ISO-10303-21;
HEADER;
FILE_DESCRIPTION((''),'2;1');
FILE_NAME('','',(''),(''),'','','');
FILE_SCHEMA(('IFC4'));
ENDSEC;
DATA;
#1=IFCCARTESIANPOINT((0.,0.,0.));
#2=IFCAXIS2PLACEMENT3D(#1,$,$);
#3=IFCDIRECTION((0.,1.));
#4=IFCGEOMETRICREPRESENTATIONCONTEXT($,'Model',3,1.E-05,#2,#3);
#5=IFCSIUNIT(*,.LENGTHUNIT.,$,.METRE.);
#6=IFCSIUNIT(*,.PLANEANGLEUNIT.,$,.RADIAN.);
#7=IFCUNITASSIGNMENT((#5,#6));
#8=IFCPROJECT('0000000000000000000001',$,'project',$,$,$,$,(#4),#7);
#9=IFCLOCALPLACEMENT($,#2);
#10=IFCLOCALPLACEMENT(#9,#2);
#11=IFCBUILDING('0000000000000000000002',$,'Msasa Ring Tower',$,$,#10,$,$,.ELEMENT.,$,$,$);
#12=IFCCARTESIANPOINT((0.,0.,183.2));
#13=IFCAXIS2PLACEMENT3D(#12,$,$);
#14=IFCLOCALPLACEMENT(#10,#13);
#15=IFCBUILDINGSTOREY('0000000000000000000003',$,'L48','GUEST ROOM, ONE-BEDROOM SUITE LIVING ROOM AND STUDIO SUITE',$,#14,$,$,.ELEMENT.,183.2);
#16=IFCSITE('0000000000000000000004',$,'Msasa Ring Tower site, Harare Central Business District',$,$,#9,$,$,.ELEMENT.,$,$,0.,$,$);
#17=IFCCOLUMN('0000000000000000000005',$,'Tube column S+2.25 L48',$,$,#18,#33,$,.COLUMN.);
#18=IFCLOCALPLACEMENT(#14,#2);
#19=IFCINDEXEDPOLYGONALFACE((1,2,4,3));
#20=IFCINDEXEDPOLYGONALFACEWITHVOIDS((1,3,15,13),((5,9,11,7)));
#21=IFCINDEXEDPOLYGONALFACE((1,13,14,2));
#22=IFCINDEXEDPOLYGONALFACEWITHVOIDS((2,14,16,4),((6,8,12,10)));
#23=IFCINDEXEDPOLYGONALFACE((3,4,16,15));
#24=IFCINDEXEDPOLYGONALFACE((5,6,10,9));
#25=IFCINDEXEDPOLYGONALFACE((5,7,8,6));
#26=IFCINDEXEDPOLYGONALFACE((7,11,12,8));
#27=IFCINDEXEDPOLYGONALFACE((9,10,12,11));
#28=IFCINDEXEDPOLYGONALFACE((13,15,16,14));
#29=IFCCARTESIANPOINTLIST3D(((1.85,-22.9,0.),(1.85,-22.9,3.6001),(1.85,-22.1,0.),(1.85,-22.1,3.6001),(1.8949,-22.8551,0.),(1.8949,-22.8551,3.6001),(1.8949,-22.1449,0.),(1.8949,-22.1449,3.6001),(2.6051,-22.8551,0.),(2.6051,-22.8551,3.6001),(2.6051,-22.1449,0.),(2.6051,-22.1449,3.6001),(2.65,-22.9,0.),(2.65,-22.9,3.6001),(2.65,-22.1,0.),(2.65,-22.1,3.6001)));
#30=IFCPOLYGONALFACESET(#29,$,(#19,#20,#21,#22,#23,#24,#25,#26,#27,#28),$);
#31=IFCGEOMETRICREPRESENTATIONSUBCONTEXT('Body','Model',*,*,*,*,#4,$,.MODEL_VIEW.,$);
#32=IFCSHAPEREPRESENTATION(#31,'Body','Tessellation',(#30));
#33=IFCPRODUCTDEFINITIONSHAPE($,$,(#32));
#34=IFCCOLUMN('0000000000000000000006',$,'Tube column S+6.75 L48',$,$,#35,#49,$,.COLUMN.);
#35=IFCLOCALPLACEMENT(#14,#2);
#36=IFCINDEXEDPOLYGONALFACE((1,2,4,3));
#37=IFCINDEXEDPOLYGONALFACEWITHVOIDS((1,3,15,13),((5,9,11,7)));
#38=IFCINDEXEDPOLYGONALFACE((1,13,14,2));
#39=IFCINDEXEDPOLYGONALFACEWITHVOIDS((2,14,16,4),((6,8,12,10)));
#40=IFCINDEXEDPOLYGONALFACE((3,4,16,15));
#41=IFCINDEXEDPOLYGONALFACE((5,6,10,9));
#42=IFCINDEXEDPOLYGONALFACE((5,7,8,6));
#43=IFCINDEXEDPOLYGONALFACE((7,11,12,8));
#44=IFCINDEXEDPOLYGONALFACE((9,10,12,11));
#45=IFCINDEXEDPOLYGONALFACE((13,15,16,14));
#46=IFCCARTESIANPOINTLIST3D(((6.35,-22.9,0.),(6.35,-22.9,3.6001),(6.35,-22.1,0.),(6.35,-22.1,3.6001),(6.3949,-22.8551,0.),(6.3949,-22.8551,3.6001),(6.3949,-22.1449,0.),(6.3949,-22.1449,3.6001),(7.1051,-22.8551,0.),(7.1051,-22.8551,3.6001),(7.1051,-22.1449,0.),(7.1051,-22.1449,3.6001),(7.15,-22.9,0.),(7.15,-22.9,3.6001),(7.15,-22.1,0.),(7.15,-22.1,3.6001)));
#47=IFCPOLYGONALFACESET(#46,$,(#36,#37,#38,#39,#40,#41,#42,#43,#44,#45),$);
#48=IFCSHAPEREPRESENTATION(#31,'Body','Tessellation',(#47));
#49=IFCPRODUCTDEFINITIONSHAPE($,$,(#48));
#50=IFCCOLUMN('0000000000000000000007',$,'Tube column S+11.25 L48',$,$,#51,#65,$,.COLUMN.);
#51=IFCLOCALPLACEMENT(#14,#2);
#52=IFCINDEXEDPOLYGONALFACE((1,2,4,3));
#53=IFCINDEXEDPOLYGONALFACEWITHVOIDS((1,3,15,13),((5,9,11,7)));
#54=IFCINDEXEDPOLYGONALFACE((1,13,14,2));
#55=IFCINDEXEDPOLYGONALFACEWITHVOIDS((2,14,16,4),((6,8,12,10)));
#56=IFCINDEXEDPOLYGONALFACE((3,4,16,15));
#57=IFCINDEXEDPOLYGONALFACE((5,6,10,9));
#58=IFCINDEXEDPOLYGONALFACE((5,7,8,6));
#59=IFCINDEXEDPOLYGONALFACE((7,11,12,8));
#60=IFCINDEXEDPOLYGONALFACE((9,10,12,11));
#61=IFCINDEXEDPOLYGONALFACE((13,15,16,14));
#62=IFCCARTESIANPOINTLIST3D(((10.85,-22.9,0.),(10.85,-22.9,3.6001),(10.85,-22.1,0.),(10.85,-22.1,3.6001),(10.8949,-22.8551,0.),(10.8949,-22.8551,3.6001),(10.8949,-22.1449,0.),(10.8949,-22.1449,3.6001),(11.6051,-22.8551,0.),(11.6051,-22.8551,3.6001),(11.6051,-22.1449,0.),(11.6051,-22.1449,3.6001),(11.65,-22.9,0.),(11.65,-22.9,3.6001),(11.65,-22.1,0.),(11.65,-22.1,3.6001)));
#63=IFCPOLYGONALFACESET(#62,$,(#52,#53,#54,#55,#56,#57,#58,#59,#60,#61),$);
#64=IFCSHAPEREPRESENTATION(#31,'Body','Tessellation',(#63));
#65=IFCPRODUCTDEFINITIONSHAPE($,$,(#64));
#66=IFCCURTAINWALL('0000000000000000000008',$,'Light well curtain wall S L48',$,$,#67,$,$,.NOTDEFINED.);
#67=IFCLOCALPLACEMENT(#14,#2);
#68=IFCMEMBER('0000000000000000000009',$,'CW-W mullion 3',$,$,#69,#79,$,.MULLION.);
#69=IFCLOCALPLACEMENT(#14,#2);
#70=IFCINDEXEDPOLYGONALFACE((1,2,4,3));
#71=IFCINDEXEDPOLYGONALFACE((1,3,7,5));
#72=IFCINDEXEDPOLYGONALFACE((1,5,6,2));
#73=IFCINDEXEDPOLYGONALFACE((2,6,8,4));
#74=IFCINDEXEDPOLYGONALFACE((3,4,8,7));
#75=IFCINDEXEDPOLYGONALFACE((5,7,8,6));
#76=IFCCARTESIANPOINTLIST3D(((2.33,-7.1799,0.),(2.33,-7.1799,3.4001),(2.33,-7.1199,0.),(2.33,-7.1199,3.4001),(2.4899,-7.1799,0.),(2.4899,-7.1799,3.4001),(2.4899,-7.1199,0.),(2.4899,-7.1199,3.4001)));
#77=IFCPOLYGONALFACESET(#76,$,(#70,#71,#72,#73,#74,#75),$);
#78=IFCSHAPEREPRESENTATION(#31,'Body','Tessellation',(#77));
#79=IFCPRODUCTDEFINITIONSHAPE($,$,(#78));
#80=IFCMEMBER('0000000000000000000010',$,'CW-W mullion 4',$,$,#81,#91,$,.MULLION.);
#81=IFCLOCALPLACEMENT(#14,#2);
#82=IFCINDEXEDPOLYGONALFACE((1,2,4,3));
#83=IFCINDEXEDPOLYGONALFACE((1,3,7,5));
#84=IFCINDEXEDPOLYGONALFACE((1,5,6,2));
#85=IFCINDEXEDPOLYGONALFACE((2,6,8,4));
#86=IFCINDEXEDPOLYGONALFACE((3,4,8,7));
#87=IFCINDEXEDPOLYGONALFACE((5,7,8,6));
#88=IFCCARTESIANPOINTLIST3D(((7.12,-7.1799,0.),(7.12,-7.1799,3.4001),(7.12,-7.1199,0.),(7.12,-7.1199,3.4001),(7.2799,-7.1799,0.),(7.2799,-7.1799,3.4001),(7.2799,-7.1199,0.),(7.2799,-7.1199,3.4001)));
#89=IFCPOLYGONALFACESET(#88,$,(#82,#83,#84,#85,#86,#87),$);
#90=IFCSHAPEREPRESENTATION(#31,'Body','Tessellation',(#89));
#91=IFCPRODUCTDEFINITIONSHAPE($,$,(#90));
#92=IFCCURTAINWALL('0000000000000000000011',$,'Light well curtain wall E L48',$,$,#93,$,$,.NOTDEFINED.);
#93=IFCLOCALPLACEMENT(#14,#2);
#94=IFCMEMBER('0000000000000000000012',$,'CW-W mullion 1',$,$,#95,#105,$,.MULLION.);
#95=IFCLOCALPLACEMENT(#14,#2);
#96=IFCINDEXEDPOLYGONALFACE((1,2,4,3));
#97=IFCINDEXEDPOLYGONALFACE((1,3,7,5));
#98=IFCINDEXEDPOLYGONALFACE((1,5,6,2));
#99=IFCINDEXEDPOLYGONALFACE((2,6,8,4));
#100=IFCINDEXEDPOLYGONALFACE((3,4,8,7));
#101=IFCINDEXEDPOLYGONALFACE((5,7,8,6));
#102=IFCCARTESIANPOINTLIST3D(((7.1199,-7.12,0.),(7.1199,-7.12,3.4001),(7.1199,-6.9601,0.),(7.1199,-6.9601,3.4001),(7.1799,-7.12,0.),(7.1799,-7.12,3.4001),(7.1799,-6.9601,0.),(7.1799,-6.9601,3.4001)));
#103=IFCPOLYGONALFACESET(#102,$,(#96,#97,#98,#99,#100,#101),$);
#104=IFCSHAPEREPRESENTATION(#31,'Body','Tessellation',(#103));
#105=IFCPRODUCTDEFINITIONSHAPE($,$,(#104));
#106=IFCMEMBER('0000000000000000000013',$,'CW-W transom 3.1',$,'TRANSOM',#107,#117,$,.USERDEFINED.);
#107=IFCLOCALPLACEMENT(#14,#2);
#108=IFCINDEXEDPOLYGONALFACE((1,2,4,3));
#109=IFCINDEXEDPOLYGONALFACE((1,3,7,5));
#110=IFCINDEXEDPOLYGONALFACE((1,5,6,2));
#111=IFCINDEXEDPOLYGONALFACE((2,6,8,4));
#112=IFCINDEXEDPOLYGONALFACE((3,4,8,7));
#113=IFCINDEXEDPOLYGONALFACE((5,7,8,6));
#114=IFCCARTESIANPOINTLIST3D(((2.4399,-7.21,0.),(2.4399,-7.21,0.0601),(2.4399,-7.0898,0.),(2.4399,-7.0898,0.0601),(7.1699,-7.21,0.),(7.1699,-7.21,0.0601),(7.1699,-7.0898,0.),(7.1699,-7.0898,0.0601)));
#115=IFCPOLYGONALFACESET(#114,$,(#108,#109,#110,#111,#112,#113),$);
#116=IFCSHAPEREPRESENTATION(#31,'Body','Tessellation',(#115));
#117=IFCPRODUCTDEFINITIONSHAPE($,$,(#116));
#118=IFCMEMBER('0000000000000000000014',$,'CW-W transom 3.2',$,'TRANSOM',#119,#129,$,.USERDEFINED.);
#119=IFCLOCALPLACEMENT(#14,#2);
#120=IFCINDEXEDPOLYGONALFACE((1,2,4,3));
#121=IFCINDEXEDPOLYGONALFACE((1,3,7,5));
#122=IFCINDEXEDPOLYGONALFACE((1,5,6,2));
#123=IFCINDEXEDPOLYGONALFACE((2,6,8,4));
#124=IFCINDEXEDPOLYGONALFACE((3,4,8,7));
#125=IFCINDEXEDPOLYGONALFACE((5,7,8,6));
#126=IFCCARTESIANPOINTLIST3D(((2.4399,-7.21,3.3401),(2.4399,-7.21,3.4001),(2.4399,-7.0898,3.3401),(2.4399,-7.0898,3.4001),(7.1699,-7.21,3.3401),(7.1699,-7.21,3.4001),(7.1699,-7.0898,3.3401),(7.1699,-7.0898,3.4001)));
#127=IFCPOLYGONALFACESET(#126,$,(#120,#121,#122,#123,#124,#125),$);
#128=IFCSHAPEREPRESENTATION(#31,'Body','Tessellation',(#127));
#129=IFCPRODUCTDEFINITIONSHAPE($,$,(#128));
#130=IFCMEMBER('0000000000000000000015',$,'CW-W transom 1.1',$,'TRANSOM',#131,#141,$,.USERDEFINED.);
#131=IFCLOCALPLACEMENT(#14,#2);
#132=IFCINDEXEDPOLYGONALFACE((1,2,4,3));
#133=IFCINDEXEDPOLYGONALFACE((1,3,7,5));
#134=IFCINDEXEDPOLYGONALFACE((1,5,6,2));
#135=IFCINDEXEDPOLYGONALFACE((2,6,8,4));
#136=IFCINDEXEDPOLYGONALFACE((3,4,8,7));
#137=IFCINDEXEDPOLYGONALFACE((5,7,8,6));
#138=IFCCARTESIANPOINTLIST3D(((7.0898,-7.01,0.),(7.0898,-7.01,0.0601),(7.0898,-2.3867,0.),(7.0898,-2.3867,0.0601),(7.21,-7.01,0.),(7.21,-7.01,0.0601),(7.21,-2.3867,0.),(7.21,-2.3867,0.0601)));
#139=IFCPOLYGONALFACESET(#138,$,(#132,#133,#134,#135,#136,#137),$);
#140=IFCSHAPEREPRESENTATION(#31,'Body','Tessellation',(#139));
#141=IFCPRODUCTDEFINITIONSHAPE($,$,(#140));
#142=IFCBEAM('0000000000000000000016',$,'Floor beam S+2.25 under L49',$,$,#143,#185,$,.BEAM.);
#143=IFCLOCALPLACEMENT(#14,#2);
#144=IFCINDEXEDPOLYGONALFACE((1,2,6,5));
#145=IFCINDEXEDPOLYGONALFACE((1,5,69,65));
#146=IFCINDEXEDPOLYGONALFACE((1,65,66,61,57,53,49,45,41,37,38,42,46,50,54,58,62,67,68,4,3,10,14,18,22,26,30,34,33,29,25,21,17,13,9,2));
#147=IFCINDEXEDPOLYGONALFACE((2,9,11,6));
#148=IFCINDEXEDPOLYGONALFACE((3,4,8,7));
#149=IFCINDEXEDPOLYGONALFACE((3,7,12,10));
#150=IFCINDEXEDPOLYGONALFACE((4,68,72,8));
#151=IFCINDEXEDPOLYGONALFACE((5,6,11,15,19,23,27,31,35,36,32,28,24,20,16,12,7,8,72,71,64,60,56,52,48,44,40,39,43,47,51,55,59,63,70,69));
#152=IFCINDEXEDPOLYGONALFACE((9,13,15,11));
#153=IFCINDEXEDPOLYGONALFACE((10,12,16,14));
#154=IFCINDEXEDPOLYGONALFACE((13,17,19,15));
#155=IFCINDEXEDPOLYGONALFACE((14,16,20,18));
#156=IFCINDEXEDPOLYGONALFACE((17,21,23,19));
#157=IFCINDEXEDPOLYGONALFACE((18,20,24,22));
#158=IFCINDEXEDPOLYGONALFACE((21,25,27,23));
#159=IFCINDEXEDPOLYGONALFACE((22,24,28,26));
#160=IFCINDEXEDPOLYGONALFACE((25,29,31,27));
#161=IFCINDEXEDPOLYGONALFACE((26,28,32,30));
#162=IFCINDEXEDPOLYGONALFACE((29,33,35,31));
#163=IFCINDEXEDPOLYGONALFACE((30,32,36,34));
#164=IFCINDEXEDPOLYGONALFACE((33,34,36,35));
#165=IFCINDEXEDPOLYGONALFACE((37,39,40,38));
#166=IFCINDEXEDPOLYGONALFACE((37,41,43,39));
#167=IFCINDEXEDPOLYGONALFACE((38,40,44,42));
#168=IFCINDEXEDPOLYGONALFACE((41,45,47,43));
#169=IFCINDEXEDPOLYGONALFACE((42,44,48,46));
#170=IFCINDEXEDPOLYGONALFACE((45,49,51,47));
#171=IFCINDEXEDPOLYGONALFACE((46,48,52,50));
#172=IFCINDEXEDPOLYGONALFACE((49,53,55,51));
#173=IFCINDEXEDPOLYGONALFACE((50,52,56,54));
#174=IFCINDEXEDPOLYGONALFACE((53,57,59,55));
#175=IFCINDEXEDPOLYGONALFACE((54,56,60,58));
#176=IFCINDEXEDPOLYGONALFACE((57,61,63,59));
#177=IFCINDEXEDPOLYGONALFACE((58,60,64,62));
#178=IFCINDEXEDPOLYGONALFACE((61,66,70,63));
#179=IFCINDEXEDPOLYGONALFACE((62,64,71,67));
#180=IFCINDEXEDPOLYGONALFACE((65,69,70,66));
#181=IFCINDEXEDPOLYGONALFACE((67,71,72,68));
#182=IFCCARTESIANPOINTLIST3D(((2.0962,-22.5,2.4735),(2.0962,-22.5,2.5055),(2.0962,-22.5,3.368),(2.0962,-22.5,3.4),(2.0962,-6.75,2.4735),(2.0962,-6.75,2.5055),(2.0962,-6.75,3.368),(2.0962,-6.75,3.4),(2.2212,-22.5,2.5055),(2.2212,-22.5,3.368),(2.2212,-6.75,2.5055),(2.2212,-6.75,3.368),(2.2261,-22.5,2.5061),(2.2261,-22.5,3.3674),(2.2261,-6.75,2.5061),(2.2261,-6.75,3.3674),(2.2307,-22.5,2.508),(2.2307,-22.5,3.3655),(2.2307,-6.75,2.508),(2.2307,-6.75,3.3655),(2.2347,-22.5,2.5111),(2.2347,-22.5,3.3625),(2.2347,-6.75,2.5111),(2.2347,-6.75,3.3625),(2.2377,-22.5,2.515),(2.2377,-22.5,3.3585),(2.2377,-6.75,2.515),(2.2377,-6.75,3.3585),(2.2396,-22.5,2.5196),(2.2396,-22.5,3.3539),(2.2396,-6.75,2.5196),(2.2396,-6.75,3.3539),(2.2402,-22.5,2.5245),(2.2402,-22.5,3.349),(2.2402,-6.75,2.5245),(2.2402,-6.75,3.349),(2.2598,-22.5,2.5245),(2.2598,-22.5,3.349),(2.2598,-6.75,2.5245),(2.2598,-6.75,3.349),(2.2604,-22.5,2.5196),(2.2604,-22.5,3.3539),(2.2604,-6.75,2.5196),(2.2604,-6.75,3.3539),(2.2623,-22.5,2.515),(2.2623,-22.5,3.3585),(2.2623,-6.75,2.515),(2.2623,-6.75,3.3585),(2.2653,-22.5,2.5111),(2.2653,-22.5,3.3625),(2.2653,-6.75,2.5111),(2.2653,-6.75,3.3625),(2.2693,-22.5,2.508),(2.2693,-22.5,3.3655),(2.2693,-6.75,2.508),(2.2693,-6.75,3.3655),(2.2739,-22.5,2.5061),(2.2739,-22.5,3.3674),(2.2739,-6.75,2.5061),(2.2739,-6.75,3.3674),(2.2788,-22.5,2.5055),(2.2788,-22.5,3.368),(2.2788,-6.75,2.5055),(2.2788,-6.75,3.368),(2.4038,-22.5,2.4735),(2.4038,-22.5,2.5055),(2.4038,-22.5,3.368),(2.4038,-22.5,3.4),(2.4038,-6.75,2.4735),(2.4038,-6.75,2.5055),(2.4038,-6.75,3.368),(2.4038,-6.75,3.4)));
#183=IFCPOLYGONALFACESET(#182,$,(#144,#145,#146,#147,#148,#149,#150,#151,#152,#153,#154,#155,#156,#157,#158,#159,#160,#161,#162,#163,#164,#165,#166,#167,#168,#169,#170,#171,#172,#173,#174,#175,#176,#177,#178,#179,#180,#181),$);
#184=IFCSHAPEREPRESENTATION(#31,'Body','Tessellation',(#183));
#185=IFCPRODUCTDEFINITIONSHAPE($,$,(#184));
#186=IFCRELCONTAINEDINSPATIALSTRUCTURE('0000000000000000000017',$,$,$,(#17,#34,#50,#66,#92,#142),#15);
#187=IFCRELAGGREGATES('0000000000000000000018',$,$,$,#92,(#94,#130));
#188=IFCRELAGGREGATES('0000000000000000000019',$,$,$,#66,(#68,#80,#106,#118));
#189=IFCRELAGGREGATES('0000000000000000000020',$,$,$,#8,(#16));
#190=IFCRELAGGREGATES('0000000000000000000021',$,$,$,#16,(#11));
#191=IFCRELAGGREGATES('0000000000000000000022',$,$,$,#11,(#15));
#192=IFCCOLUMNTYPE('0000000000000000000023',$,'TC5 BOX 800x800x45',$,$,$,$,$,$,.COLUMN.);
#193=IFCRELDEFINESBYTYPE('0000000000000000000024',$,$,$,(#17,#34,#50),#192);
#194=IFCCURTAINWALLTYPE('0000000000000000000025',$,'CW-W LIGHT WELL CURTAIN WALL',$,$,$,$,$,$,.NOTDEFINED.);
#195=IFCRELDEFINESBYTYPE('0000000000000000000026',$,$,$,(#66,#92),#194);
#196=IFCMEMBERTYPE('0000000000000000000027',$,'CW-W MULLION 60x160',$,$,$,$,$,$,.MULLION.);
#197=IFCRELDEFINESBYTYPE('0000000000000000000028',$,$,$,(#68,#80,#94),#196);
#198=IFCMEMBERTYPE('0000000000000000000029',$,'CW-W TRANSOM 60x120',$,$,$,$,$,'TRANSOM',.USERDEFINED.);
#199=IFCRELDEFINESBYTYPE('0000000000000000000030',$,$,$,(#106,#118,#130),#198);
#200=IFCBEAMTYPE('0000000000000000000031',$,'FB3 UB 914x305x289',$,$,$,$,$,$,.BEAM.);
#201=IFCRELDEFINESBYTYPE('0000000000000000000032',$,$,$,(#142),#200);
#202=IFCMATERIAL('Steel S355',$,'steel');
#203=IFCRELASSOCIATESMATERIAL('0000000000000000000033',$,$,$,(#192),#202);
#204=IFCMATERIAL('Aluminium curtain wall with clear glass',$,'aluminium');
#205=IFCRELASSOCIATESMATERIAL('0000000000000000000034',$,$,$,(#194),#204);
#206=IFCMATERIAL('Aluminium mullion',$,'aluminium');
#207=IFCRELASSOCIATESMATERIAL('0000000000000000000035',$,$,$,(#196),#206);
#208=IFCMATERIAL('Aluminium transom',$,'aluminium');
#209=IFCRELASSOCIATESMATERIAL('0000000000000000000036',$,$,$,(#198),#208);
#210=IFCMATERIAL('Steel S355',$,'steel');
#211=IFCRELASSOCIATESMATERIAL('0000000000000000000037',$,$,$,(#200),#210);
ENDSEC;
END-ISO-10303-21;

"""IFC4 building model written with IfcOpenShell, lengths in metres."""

from ifc_helpers import new_model, si_unit, direction, frame, origin, origin_2d, place, context, subcontext, project, spatial, rectangle, hollow_rectangle, i_section, extrude, material, material_profile, profile_set, type_object, element, aggregate, save


model = new_model("IFC4")

# Units and contexts
model_context = context("Model", 3, precision=1e-05, world=origin(), true_north=direction((0.0, 1.0)))
body_context = subcontext(model_context, "Body", "Model", "MODEL_VIEW")
ifc_project = project(units=[si_unit("LENGTHUNIT", "METRE"), si_unit("PLANEANGLEUNIT", "RADIAN")], contexts=[model_context])

# Site, building, storey
site_placement = place(None, origin())
site = spatial("IfcSite", under=ifc_project, at=site_placement, Name="Msasa Ring Tower site, Harare Central Business District", CompositionType="ELEMENT", RefElevation=0.0)
building_placement = place(site_placement, origin())
building = spatial("IfcBuilding", under=site, at=building_placement, Name="Msasa Ring Tower", CompositionType="ELEMENT")
storey_placement = place(building_placement, frame((0.0, 0.0, 183.2)))
storey = spatial("IfcBuildingStorey", under=building, at=storey_placement, Name="L48", Description="GUEST ROOM, ONE-BEDROOM SUITE LIVING ROOM AND STUDIO SUITE", CompositionType="ELEMENT", Elevation=183.2)

# Columns
ifc_material_1 = material(Name="Steel S355", Category="steel")
ifc_material_profile_1 = material_profile(ifc_material_1, hollow_rectangle(XDim=0.8, YDim=0.8, WallThickness=0.0449, at=origin_2d()), Name="BOX 800x800x45")
ifc_profile_set_1 = profile_set([ifc_material_profile_1], Name="Steel S355")
column_type = type_object("IfcColumnType", Name="TC5 BOX 800x800x45", PredefinedType="COLUMN", material=ifc_profile_set_1)
for number, where, z_axis, x_axis, name in (
    (1, (2.25, -22.5, 0.0), (0.0, 0.0, 1.0), (0.0, 1.0, 0.0), "Tube column S+2.25 L48"),
    (2, (6.75, -22.5, 0.0), (0.0, 0.0, 1.0), (0.0, 1.0, 0.0), "Tube column S+6.75 L48"),
    (3, (11.25, -22.5, 0.0), (0.0, 0.0, 1.0), (0.0, 1.0, 0.0), "Tube column S+11.25 L48"),
):
    element("IfcColumn", number, at=place(storey_placement, frame(where, z_axis=z_axis, x_axis=x_axis)), inside=storey, type_object=column_type, Name=name, PredefinedType="COLUMN", context=body_context, shape_type="SweptSolid", body=[
        extrude(hollow_rectangle(XDim=0.8, YDim=0.8, WallThickness=0.0449, at=origin_2d()), origin(), (0.0, 0.0, 1.0), 3.6001),
    ])

# Curtain wall, members
ifc_material_2 = material(Name="Aluminium curtain wall with clear glass", Category="aluminium")
curtain_wall_type = type_object("IfcCurtainWallType", Name="CW-W LIGHT WELL CURTAIN WALL", PredefinedType="NOTDEFINED", material=ifc_material_2)
curtain_wall_1_placement = place(storey_placement, origin())
curtain_wall_1 = element("IfcCurtainWall", 4, at=curtain_wall_1_placement, inside=storey, type_object=curtain_wall_type, Name="Light well curtain wall S L48", PredefinedType="NOTDEFINED")
ifc_material_3 = material(Name="Aluminium mullion", Category="aluminium")
ifc_material_profile_2 = material_profile(ifc_material_3, rectangle(XDim=0.0601, YDim=0.1599, at=origin_2d()), Name="AL 60x160")
ifc_profile_set_2 = profile_set([ifc_material_profile_2], Name="Aluminium mullion")
member_type_1 = type_object("IfcMemberType", Name="CW-W MULLION 60x160", PredefinedType="MULLION", material=ifc_profile_set_2)
member_1_placement = place(storey_placement, frame((2.4099, -7.1499, 0.0), z_axis=(0.0, 0.0, 1.0), x_axis=(0.0, 1.0, 0.0)))
member_1 = element("IfcMember", 5, at=member_1_placement, type_object=member_type_1, Name="CW-W mullion 3", PredefinedType="MULLION", context=body_context, shape_type="SweptSolid", body=[
    extrude(rectangle(XDim=0.0601, YDim=0.1599, at=origin_2d()), origin(), (0.0, 0.0, 1.0), 3.4001),
])
member_2_placement = place(storey_placement, frame((7.2, -7.1499, 0.0), z_axis=(0.0, 0.0, 1.0), x_axis=(0.0, 1.0, 0.0)))
member_2 = element("IfcMember", 6, at=member_2_placement, type_object=member_type_1, Name="CW-W mullion 4", PredefinedType="MULLION", context=body_context, shape_type="SweptSolid", body=[
    extrude(rectangle(XDim=0.0601, YDim=0.1599, at=origin_2d()), origin(), (0.0, 0.0, 1.0), 3.4001),
])

# Curtain wall, member
curtain_wall_2_placement = place(storey_placement, origin())
curtain_wall_2 = element("IfcCurtainWall", 7, at=curtain_wall_2_placement, inside=storey, type_object=curtain_wall_type, Name="Light well curtain wall E L48", PredefinedType="NOTDEFINED")
member_3_placement = place(storey_placement, frame((7.1499, -7.04, 0.0), z_axis=(0.0, 0.0, 1.0), x_axis=(-1.0, 0.0, 0.0)))
member_3 = element("IfcMember", 8, at=member_3_placement, type_object=member_type_1, Name="CW-W mullion 1", PredefinedType="MULLION", context=body_context, shape_type="SweptSolid", body=[
    extrude(rectangle(XDim=0.0601, YDim=0.1599, at=origin_2d()), origin(), (0.0, 0.0, 1.0), 3.4001),
])

# Members
ifc_material_4 = material(Name="Aluminium transom", Category="aluminium")
ifc_material_profile_3 = material_profile(ifc_material_4, rectangle(XDim=0.1201, YDim=0.0601, at=origin_2d()), Name="AL 60x120")
ifc_profile_set_3 = profile_set([ifc_material_profile_3], Name="Aluminium transom")
member_type_2 = type_object("IfcMemberType", Name="CW-W TRANSOM 60x120", ElementType="TRANSOM", PredefinedType="USERDEFINED", material=ifc_profile_set_3)
member_4_placement = place(storey_placement, frame((2.4399, -7.1499, 0.03), z_axis=(1.0, 0.0, 0.0), x_axis=(0.0, 1.0, 0.0)))
member_4 = element("IfcMember", 9, at=member_4_placement, type_object=member_type_2, Name="CW-W transom 3.1", ObjectType="TRANSOM", PredefinedType="USERDEFINED", context=body_context, shape_type="SweptSolid", body=[
    extrude(rectangle(XDim=0.1201, YDim=0.0601, at=origin_2d()), origin(), (0.0, 0.0, 1.0), 4.73),
])
member_5_placement = place(storey_placement, frame((2.4399, -7.1499, 3.3701), z_axis=(1.0, 0.0, 0.0), x_axis=(0.0, 1.0, 0.0)))
member_5 = element("IfcMember", 10, at=member_5_placement, type_object=member_type_2, Name="CW-W transom 3.2", ObjectType="TRANSOM", PredefinedType="USERDEFINED", context=body_context, shape_type="SweptSolid", body=[
    extrude(rectangle(XDim=0.1201, YDim=0.0601, at=origin_2d()), origin(), (0.0, 0.0, 1.0), 4.73),
])
member_6_placement = place(storey_placement, frame((7.1499, -7.01, 0.03), z_axis=(0.0, 1.0, 0.0), x_axis=(-1.0, 0.0, 0.0)))
member_6 = element("IfcMember", 11, at=member_6_placement, type_object=member_type_2, Name="CW-W transom 1.1", ObjectType="TRANSOM", PredefinedType="USERDEFINED", context=body_context, shape_type="SweptSolid", body=[
    extrude(rectangle(XDim=0.1201, YDim=0.0601, at=origin_2d()), origin(), (0.0, 0.0, 1.0), 4.6233),
])
aggregate(curtain_wall_2, [member_3, member_6])

# Beam
ifc_material_5 = material(Name="Steel S355", Category="steel")
ifc_material_profile_4 = material_profile(ifc_material_5, i_section(OverallWidth=0.3076, OverallDepth=0.9265, WebThickness=0.0195, FlangeThickness=0.032, FilletRadius=0.019, at=origin_2d()), Name="UB 914x305x289")
ifc_profile_set_4 = profile_set([ifc_material_profile_4], Name="Steel S355")
beam_type_1 = type_object("IfcBeamType", Name="FB3 UB 914x305x289", PredefinedType="BEAM", material=ifc_profile_set_4)
for number, where, z_axis, x_axis, name in (
    (12, (2.25, -22.5, 2.9368), (0.0, 1.0, 0.0), (-1.0, 0.0, 0.0), "Floor beam S+2.25 under L49"),
):
    element("IfcBeam", number, at=place(storey_placement, frame(where, z_axis=z_axis, x_axis=x_axis)), inside=storey, type_object=beam_type_1, Name=name, PredefinedType="BEAM", context=body_context, shape_type="SweptSolid", body=[
        extrude(i_section(OverallWidth=0.3076, OverallDepth=0.9265, WebThickness=0.0195, FlangeThickness=0.032, FilletRadius=0.019, at=origin_2d()), origin(), (0.0, 0.0, 1.0), 15.75),
    ])

aggregate(curtain_wall_1, [member_1, member_2, member_4, member_5])

save(model, "model.ifc")
